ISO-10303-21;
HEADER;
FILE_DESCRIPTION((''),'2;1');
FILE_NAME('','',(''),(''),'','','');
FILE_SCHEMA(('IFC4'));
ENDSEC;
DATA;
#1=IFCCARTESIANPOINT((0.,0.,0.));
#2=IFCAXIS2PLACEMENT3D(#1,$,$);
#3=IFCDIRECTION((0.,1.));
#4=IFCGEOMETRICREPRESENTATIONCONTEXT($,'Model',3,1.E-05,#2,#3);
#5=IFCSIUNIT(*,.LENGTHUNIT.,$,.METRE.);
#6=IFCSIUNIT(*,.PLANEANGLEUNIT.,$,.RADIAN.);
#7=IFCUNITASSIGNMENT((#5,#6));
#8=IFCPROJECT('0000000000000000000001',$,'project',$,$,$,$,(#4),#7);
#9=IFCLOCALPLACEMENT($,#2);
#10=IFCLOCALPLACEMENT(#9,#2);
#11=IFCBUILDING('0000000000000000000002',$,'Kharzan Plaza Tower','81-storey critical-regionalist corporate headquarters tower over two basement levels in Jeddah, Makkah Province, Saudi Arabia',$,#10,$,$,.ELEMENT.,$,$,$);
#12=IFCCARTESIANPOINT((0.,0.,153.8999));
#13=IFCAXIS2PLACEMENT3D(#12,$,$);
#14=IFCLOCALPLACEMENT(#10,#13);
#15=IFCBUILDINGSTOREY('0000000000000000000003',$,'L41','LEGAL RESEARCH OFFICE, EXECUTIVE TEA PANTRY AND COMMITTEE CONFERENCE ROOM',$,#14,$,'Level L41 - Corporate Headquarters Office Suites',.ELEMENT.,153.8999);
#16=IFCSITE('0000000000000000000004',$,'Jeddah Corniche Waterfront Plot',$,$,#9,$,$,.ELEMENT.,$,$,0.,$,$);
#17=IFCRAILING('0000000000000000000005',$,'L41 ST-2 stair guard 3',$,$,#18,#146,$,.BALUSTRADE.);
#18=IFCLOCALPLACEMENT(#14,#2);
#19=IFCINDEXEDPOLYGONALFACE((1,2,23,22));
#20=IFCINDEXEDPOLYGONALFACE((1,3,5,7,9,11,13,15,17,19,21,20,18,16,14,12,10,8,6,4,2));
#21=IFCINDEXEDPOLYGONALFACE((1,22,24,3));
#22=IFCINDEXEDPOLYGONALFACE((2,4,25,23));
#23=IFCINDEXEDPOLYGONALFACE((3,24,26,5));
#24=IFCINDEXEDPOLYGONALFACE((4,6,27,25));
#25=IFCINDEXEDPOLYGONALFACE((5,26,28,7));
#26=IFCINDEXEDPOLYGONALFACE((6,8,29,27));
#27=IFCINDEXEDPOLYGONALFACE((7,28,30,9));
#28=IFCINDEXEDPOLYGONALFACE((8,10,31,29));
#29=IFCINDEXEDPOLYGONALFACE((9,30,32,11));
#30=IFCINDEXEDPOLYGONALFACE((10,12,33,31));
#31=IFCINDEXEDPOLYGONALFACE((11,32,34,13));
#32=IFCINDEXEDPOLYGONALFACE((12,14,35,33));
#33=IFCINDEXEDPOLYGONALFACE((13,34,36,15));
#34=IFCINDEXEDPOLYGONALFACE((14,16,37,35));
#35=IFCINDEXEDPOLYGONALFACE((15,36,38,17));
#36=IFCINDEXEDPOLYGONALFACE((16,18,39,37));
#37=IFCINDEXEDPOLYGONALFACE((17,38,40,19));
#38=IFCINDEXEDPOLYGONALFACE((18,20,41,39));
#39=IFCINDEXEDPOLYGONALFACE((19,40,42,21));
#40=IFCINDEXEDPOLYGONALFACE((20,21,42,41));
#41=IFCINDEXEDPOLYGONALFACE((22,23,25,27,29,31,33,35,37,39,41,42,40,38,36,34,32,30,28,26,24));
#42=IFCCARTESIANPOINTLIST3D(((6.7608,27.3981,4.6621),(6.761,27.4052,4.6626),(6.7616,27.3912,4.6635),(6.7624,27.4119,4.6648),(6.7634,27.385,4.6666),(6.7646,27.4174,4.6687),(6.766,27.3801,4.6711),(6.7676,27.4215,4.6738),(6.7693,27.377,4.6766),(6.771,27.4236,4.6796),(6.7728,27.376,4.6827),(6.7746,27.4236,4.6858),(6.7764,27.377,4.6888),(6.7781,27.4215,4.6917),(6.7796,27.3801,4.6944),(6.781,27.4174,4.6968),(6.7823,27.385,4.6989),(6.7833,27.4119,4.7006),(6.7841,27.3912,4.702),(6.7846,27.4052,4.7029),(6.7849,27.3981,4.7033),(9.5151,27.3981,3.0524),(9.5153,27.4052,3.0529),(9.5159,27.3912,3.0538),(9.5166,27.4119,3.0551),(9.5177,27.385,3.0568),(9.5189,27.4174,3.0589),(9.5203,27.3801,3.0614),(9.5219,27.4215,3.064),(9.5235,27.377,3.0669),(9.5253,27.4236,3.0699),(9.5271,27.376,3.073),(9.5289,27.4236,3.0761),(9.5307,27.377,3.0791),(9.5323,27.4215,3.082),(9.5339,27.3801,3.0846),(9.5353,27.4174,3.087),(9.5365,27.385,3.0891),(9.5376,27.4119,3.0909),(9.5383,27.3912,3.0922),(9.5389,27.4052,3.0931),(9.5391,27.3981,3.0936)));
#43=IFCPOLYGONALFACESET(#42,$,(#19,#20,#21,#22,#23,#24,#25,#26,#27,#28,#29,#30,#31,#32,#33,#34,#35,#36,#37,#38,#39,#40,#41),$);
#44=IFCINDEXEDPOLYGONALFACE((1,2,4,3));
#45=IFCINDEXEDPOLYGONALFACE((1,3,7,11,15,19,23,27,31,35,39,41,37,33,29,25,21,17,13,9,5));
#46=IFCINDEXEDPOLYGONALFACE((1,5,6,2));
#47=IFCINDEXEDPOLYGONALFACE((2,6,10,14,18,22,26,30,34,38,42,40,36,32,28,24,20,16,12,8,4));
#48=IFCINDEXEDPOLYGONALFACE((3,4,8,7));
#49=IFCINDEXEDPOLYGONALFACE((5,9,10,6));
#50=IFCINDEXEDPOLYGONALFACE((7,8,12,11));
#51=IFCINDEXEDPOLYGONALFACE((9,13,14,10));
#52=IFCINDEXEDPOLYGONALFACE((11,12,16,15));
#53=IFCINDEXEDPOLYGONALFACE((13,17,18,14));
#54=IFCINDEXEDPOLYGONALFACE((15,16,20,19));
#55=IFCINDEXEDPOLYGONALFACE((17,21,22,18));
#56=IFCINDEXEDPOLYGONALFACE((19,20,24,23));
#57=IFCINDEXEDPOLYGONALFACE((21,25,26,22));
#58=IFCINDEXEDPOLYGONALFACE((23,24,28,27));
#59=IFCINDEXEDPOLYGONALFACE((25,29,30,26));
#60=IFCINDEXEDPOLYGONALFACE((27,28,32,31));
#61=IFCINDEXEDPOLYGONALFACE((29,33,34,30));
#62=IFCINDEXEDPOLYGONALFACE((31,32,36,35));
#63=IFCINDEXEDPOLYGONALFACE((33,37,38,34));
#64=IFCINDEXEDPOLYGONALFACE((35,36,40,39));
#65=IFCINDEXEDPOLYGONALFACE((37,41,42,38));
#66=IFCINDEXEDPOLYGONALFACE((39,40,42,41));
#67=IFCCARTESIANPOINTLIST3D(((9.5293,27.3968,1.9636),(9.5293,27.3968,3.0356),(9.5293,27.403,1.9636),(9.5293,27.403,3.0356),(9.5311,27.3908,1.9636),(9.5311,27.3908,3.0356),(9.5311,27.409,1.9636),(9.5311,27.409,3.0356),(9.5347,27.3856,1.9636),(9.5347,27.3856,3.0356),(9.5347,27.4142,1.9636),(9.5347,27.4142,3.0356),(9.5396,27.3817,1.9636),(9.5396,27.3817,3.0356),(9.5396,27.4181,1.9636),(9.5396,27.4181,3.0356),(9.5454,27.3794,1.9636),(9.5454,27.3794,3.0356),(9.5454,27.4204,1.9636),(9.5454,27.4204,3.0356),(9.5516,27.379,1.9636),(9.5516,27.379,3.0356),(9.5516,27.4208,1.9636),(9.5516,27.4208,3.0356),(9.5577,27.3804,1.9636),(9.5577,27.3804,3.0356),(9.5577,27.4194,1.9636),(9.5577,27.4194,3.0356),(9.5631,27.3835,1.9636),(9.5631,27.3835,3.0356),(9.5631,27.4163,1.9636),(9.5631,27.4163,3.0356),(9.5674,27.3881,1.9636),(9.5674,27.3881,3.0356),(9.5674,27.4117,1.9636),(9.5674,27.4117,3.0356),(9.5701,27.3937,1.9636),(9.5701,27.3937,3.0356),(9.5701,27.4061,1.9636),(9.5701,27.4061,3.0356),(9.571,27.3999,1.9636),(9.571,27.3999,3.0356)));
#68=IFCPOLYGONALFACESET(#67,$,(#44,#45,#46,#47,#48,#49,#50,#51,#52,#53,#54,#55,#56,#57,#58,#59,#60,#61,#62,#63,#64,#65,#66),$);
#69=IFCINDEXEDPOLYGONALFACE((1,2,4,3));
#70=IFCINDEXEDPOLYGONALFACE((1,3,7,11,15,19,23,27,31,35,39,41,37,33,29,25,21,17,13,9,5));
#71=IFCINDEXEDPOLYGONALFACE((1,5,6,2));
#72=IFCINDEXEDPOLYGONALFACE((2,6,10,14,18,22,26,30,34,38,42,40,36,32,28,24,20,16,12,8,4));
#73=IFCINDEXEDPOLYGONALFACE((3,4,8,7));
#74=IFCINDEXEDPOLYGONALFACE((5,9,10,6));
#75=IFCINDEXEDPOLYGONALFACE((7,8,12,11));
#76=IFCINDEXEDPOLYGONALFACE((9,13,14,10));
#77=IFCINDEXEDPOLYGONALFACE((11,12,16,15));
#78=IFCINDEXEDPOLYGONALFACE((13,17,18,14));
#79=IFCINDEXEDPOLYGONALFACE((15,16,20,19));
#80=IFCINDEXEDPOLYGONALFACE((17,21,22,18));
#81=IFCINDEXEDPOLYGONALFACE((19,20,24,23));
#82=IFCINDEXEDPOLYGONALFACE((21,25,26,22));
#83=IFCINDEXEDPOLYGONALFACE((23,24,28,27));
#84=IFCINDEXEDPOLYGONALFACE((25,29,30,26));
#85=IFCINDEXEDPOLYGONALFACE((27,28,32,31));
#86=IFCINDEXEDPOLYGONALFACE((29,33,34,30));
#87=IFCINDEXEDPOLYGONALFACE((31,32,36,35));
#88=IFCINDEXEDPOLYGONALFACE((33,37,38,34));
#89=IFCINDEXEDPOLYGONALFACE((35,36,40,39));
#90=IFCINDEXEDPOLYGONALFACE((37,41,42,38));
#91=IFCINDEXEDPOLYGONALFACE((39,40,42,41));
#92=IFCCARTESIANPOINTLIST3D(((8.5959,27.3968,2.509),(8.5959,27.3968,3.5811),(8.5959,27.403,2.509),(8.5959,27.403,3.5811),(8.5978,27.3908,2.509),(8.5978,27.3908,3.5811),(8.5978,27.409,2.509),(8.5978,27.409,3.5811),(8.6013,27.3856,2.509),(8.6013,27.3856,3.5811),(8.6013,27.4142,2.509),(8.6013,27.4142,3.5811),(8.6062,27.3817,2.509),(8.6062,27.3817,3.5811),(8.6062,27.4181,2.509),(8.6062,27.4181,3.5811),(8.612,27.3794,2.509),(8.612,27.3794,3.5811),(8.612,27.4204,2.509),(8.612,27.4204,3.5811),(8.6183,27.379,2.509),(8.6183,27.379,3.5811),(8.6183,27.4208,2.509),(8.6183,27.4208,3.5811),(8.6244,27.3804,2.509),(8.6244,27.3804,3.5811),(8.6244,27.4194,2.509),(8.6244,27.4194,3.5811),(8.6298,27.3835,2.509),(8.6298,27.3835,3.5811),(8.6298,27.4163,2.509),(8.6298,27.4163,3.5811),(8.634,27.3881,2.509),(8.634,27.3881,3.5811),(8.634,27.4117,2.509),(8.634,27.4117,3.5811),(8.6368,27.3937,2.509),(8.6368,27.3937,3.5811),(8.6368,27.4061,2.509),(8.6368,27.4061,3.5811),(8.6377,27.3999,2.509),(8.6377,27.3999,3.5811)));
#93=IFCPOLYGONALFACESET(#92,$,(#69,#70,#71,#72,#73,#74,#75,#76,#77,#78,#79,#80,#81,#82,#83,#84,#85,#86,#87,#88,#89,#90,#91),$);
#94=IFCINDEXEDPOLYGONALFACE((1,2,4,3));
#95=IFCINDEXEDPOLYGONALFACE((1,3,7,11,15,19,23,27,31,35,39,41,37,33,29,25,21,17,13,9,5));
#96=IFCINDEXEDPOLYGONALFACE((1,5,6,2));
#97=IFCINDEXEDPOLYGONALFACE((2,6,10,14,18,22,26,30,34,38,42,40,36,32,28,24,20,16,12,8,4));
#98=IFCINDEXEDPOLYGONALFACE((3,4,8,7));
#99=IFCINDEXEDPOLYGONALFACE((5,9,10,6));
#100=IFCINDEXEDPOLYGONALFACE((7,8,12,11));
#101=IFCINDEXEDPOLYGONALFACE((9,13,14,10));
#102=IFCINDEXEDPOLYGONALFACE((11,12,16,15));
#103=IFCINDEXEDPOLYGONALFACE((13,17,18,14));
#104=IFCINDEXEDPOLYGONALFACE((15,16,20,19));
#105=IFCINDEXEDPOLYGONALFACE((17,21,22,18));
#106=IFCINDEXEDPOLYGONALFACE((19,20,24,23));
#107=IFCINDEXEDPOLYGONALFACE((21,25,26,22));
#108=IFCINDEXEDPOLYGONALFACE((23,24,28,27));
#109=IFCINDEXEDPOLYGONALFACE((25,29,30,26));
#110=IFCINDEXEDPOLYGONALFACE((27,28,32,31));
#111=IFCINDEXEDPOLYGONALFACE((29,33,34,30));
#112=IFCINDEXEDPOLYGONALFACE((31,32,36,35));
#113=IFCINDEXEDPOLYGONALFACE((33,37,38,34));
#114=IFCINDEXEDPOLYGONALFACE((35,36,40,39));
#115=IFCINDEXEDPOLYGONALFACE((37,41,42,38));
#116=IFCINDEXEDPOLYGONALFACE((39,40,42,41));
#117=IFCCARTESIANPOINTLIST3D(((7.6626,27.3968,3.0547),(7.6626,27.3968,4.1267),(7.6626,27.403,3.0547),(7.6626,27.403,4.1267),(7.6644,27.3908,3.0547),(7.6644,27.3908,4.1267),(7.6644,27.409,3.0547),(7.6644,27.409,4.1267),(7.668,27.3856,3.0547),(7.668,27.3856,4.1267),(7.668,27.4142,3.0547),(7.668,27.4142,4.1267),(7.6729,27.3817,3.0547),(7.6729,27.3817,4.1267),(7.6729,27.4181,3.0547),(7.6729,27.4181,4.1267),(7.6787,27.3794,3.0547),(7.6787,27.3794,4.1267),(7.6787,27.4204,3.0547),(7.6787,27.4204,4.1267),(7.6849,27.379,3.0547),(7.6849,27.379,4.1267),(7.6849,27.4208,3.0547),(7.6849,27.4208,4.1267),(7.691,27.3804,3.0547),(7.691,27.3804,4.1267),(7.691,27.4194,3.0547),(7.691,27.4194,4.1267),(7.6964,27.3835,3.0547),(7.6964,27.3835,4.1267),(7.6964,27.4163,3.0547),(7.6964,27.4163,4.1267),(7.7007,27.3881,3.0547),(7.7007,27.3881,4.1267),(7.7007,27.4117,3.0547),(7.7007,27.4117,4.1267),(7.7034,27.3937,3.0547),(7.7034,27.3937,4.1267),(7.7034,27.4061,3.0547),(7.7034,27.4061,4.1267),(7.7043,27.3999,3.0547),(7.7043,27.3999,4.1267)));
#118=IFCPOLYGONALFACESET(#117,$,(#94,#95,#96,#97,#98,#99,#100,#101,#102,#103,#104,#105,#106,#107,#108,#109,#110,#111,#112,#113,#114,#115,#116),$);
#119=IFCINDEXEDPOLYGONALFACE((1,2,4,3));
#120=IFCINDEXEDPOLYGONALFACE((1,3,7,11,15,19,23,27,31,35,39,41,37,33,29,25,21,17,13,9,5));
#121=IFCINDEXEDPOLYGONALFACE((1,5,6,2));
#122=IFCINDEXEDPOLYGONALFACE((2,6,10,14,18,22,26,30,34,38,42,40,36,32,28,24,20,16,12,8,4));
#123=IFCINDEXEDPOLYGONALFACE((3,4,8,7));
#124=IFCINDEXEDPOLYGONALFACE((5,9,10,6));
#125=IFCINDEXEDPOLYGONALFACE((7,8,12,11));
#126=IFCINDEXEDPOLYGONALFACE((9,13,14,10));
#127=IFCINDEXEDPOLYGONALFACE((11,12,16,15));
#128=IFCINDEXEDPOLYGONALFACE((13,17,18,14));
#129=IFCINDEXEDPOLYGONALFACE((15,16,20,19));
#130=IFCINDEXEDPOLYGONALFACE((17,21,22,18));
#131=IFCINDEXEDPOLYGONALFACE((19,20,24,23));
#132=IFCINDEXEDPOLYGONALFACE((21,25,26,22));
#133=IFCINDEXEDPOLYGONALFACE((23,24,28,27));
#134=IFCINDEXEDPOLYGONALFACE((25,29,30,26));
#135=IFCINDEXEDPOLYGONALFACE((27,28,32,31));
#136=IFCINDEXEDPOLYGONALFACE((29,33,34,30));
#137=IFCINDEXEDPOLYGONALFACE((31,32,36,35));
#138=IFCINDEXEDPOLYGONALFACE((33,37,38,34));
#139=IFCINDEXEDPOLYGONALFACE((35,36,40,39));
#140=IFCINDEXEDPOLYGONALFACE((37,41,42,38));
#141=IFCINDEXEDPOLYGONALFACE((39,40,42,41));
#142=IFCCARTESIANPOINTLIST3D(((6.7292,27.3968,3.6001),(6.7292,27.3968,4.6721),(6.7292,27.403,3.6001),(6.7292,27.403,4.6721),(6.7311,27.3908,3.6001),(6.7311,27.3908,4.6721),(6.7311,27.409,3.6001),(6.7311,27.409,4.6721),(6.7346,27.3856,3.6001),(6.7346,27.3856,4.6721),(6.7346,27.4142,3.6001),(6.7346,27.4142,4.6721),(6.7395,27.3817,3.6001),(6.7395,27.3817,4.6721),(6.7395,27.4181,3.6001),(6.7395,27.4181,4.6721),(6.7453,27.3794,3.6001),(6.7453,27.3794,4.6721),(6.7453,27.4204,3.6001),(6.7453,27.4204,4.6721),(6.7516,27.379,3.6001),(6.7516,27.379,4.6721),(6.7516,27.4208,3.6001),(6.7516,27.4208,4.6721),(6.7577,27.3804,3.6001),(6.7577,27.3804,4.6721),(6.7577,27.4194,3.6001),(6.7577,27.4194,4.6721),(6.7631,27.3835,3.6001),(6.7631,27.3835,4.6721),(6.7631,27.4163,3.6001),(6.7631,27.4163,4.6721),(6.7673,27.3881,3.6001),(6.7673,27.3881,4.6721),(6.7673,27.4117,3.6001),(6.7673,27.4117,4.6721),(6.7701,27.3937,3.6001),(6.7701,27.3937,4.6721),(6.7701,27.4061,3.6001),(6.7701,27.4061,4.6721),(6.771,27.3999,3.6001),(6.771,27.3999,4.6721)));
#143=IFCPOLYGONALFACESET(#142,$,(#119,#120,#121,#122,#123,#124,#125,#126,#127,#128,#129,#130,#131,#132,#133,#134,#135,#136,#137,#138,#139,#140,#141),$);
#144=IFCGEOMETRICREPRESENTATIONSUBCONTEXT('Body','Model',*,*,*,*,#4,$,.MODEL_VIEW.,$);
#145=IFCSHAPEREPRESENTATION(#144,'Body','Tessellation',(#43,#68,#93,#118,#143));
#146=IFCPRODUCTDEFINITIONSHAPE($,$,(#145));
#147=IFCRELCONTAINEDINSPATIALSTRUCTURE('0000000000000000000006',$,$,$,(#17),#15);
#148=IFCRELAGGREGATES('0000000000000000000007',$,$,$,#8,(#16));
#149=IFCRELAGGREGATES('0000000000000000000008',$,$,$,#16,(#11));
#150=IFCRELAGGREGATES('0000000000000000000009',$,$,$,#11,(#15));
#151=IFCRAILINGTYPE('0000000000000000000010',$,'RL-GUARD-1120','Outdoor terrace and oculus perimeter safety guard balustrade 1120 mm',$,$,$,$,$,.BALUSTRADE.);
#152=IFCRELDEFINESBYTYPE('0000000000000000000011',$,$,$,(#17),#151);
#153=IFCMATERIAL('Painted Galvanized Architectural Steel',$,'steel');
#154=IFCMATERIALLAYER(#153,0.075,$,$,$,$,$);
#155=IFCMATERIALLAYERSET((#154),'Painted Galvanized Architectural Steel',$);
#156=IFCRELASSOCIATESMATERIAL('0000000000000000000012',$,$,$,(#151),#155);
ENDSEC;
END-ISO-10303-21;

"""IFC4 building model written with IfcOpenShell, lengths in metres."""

from ifc_helpers import new_model, si_unit, direction, frame, origin, origin_2d, place, context, subcontext, project, spatial, circle, extrude, source, transform, mapped, material, layer, layer_set, type_object, element, save


model = new_model("IFC4")

# Units and contexts
model_context = context("Model", 3, precision=1e-05, world=origin(), true_north=direction((0.0, 1.0)))
body_context = subcontext(model_context, "Body", "Model", "MODEL_VIEW")
ifc_project = project(units=[si_unit("LENGTHUNIT", "METRE"), si_unit("PLANEANGLEUNIT", "RADIAN")], contexts=[model_context])

# Site, building, storey
site_placement = place(None, origin())
site = spatial("IfcSite", under=ifc_project, at=site_placement, Name="Jeddah Corniche Waterfront Plot", CompositionType="ELEMENT", RefElevation=0.0)
building_placement = place(site_placement, origin())
building = spatial("IfcBuilding", under=site, at=building_placement, Name="Kharzan Plaza Tower", Description="81-storey critical-regionalist corporate headquarters tower over two basement levels in Jeddah, Makkah Province, Saudi Arabia", CompositionType="ELEMENT")
storey_placement = place(building_placement, frame((0.0, 0.0, 153.8999)))
storey = spatial("IfcBuildingStorey", under=building, at=storey_placement, Name="L41", Description="LEGAL RESEARCH OFFICE, EXECUTIVE TEA PANTRY AND COMMITTEE CONFERENCE ROOM", LongName="Level L41 - Corporate Headquarters Office Suites", CompositionType="ELEMENT", Elevation=153.8999)

# Railing
ifc_material_1 = material(Name="Painted Galvanized Architectural Steel", Category="steel")
ifc_layer_1 = layer(ifc_material_1, 0.075)
ifc_layer_set_1 = layer_set([ifc_layer_1], Name="Painted Galvanized Architectural Steel")
railing_type_1 = type_object("IfcRailingType", Name="RL-GUARD-1120", Description="Outdoor terrace and oculus perimeter safety guard balustrade 1120 mm", PredefinedType="BALUSTRADE", material=ifc_layer_set_1)
shared_shape_1 = source(origin(), body_context, "Body", "SweptSolid", [
    extrude(circle(Radius=0.0239, at=origin_2d()), frame((-0.0229, 0.0, 1.1094), z_axis=(-0.863361, 0.0, 0.504587), x_axis=(0.0, -1.0, 0.0)), (0.0, 0.0, 1.0), 3.1902),
    extrude(circle(Radius=0.021, at=origin_2d()), origin(), (0.0, 0.0, 1.0), 1.072),
    extrude(circle(Radius=0.021, at=origin_2d()), frame((-0.9333, 0.0, 0.5454)), (0.0, 0.0, 1.0), 1.072),
    extrude(circle(Radius=0.021, at=origin_2d()), frame((-1.8667, 0.0, 1.0911)), (0.0, 0.0, 1.0), 1.072),
    extrude(circle(Radius=0.021, at=origin_2d()), frame((-2.8, 0.0, 1.6365)), (0.0, 0.0, 1.0), 1.072),
])
railing_1_placement = place(storey_placement, frame((9.55, 27.3999, 1.9636)))
element("IfcRailing", 1, at=railing_1_placement, inside=storey, type_object=railing_type_1, Name="L41 ST-2 stair guard 3", PredefinedType="BALUSTRADE", context=body_context, shape_type="MappedRepresentation", body=[
    mapped(shared_shape_1, transform((0.0, 0.0, 0.0), x_axis=(1.0, 0.0, 0.0), y_axis=(0.0, 1.0, 0.0), z_axis=(0.0, 0.0, 1.0))),
])

save(model, "model.ifc")
